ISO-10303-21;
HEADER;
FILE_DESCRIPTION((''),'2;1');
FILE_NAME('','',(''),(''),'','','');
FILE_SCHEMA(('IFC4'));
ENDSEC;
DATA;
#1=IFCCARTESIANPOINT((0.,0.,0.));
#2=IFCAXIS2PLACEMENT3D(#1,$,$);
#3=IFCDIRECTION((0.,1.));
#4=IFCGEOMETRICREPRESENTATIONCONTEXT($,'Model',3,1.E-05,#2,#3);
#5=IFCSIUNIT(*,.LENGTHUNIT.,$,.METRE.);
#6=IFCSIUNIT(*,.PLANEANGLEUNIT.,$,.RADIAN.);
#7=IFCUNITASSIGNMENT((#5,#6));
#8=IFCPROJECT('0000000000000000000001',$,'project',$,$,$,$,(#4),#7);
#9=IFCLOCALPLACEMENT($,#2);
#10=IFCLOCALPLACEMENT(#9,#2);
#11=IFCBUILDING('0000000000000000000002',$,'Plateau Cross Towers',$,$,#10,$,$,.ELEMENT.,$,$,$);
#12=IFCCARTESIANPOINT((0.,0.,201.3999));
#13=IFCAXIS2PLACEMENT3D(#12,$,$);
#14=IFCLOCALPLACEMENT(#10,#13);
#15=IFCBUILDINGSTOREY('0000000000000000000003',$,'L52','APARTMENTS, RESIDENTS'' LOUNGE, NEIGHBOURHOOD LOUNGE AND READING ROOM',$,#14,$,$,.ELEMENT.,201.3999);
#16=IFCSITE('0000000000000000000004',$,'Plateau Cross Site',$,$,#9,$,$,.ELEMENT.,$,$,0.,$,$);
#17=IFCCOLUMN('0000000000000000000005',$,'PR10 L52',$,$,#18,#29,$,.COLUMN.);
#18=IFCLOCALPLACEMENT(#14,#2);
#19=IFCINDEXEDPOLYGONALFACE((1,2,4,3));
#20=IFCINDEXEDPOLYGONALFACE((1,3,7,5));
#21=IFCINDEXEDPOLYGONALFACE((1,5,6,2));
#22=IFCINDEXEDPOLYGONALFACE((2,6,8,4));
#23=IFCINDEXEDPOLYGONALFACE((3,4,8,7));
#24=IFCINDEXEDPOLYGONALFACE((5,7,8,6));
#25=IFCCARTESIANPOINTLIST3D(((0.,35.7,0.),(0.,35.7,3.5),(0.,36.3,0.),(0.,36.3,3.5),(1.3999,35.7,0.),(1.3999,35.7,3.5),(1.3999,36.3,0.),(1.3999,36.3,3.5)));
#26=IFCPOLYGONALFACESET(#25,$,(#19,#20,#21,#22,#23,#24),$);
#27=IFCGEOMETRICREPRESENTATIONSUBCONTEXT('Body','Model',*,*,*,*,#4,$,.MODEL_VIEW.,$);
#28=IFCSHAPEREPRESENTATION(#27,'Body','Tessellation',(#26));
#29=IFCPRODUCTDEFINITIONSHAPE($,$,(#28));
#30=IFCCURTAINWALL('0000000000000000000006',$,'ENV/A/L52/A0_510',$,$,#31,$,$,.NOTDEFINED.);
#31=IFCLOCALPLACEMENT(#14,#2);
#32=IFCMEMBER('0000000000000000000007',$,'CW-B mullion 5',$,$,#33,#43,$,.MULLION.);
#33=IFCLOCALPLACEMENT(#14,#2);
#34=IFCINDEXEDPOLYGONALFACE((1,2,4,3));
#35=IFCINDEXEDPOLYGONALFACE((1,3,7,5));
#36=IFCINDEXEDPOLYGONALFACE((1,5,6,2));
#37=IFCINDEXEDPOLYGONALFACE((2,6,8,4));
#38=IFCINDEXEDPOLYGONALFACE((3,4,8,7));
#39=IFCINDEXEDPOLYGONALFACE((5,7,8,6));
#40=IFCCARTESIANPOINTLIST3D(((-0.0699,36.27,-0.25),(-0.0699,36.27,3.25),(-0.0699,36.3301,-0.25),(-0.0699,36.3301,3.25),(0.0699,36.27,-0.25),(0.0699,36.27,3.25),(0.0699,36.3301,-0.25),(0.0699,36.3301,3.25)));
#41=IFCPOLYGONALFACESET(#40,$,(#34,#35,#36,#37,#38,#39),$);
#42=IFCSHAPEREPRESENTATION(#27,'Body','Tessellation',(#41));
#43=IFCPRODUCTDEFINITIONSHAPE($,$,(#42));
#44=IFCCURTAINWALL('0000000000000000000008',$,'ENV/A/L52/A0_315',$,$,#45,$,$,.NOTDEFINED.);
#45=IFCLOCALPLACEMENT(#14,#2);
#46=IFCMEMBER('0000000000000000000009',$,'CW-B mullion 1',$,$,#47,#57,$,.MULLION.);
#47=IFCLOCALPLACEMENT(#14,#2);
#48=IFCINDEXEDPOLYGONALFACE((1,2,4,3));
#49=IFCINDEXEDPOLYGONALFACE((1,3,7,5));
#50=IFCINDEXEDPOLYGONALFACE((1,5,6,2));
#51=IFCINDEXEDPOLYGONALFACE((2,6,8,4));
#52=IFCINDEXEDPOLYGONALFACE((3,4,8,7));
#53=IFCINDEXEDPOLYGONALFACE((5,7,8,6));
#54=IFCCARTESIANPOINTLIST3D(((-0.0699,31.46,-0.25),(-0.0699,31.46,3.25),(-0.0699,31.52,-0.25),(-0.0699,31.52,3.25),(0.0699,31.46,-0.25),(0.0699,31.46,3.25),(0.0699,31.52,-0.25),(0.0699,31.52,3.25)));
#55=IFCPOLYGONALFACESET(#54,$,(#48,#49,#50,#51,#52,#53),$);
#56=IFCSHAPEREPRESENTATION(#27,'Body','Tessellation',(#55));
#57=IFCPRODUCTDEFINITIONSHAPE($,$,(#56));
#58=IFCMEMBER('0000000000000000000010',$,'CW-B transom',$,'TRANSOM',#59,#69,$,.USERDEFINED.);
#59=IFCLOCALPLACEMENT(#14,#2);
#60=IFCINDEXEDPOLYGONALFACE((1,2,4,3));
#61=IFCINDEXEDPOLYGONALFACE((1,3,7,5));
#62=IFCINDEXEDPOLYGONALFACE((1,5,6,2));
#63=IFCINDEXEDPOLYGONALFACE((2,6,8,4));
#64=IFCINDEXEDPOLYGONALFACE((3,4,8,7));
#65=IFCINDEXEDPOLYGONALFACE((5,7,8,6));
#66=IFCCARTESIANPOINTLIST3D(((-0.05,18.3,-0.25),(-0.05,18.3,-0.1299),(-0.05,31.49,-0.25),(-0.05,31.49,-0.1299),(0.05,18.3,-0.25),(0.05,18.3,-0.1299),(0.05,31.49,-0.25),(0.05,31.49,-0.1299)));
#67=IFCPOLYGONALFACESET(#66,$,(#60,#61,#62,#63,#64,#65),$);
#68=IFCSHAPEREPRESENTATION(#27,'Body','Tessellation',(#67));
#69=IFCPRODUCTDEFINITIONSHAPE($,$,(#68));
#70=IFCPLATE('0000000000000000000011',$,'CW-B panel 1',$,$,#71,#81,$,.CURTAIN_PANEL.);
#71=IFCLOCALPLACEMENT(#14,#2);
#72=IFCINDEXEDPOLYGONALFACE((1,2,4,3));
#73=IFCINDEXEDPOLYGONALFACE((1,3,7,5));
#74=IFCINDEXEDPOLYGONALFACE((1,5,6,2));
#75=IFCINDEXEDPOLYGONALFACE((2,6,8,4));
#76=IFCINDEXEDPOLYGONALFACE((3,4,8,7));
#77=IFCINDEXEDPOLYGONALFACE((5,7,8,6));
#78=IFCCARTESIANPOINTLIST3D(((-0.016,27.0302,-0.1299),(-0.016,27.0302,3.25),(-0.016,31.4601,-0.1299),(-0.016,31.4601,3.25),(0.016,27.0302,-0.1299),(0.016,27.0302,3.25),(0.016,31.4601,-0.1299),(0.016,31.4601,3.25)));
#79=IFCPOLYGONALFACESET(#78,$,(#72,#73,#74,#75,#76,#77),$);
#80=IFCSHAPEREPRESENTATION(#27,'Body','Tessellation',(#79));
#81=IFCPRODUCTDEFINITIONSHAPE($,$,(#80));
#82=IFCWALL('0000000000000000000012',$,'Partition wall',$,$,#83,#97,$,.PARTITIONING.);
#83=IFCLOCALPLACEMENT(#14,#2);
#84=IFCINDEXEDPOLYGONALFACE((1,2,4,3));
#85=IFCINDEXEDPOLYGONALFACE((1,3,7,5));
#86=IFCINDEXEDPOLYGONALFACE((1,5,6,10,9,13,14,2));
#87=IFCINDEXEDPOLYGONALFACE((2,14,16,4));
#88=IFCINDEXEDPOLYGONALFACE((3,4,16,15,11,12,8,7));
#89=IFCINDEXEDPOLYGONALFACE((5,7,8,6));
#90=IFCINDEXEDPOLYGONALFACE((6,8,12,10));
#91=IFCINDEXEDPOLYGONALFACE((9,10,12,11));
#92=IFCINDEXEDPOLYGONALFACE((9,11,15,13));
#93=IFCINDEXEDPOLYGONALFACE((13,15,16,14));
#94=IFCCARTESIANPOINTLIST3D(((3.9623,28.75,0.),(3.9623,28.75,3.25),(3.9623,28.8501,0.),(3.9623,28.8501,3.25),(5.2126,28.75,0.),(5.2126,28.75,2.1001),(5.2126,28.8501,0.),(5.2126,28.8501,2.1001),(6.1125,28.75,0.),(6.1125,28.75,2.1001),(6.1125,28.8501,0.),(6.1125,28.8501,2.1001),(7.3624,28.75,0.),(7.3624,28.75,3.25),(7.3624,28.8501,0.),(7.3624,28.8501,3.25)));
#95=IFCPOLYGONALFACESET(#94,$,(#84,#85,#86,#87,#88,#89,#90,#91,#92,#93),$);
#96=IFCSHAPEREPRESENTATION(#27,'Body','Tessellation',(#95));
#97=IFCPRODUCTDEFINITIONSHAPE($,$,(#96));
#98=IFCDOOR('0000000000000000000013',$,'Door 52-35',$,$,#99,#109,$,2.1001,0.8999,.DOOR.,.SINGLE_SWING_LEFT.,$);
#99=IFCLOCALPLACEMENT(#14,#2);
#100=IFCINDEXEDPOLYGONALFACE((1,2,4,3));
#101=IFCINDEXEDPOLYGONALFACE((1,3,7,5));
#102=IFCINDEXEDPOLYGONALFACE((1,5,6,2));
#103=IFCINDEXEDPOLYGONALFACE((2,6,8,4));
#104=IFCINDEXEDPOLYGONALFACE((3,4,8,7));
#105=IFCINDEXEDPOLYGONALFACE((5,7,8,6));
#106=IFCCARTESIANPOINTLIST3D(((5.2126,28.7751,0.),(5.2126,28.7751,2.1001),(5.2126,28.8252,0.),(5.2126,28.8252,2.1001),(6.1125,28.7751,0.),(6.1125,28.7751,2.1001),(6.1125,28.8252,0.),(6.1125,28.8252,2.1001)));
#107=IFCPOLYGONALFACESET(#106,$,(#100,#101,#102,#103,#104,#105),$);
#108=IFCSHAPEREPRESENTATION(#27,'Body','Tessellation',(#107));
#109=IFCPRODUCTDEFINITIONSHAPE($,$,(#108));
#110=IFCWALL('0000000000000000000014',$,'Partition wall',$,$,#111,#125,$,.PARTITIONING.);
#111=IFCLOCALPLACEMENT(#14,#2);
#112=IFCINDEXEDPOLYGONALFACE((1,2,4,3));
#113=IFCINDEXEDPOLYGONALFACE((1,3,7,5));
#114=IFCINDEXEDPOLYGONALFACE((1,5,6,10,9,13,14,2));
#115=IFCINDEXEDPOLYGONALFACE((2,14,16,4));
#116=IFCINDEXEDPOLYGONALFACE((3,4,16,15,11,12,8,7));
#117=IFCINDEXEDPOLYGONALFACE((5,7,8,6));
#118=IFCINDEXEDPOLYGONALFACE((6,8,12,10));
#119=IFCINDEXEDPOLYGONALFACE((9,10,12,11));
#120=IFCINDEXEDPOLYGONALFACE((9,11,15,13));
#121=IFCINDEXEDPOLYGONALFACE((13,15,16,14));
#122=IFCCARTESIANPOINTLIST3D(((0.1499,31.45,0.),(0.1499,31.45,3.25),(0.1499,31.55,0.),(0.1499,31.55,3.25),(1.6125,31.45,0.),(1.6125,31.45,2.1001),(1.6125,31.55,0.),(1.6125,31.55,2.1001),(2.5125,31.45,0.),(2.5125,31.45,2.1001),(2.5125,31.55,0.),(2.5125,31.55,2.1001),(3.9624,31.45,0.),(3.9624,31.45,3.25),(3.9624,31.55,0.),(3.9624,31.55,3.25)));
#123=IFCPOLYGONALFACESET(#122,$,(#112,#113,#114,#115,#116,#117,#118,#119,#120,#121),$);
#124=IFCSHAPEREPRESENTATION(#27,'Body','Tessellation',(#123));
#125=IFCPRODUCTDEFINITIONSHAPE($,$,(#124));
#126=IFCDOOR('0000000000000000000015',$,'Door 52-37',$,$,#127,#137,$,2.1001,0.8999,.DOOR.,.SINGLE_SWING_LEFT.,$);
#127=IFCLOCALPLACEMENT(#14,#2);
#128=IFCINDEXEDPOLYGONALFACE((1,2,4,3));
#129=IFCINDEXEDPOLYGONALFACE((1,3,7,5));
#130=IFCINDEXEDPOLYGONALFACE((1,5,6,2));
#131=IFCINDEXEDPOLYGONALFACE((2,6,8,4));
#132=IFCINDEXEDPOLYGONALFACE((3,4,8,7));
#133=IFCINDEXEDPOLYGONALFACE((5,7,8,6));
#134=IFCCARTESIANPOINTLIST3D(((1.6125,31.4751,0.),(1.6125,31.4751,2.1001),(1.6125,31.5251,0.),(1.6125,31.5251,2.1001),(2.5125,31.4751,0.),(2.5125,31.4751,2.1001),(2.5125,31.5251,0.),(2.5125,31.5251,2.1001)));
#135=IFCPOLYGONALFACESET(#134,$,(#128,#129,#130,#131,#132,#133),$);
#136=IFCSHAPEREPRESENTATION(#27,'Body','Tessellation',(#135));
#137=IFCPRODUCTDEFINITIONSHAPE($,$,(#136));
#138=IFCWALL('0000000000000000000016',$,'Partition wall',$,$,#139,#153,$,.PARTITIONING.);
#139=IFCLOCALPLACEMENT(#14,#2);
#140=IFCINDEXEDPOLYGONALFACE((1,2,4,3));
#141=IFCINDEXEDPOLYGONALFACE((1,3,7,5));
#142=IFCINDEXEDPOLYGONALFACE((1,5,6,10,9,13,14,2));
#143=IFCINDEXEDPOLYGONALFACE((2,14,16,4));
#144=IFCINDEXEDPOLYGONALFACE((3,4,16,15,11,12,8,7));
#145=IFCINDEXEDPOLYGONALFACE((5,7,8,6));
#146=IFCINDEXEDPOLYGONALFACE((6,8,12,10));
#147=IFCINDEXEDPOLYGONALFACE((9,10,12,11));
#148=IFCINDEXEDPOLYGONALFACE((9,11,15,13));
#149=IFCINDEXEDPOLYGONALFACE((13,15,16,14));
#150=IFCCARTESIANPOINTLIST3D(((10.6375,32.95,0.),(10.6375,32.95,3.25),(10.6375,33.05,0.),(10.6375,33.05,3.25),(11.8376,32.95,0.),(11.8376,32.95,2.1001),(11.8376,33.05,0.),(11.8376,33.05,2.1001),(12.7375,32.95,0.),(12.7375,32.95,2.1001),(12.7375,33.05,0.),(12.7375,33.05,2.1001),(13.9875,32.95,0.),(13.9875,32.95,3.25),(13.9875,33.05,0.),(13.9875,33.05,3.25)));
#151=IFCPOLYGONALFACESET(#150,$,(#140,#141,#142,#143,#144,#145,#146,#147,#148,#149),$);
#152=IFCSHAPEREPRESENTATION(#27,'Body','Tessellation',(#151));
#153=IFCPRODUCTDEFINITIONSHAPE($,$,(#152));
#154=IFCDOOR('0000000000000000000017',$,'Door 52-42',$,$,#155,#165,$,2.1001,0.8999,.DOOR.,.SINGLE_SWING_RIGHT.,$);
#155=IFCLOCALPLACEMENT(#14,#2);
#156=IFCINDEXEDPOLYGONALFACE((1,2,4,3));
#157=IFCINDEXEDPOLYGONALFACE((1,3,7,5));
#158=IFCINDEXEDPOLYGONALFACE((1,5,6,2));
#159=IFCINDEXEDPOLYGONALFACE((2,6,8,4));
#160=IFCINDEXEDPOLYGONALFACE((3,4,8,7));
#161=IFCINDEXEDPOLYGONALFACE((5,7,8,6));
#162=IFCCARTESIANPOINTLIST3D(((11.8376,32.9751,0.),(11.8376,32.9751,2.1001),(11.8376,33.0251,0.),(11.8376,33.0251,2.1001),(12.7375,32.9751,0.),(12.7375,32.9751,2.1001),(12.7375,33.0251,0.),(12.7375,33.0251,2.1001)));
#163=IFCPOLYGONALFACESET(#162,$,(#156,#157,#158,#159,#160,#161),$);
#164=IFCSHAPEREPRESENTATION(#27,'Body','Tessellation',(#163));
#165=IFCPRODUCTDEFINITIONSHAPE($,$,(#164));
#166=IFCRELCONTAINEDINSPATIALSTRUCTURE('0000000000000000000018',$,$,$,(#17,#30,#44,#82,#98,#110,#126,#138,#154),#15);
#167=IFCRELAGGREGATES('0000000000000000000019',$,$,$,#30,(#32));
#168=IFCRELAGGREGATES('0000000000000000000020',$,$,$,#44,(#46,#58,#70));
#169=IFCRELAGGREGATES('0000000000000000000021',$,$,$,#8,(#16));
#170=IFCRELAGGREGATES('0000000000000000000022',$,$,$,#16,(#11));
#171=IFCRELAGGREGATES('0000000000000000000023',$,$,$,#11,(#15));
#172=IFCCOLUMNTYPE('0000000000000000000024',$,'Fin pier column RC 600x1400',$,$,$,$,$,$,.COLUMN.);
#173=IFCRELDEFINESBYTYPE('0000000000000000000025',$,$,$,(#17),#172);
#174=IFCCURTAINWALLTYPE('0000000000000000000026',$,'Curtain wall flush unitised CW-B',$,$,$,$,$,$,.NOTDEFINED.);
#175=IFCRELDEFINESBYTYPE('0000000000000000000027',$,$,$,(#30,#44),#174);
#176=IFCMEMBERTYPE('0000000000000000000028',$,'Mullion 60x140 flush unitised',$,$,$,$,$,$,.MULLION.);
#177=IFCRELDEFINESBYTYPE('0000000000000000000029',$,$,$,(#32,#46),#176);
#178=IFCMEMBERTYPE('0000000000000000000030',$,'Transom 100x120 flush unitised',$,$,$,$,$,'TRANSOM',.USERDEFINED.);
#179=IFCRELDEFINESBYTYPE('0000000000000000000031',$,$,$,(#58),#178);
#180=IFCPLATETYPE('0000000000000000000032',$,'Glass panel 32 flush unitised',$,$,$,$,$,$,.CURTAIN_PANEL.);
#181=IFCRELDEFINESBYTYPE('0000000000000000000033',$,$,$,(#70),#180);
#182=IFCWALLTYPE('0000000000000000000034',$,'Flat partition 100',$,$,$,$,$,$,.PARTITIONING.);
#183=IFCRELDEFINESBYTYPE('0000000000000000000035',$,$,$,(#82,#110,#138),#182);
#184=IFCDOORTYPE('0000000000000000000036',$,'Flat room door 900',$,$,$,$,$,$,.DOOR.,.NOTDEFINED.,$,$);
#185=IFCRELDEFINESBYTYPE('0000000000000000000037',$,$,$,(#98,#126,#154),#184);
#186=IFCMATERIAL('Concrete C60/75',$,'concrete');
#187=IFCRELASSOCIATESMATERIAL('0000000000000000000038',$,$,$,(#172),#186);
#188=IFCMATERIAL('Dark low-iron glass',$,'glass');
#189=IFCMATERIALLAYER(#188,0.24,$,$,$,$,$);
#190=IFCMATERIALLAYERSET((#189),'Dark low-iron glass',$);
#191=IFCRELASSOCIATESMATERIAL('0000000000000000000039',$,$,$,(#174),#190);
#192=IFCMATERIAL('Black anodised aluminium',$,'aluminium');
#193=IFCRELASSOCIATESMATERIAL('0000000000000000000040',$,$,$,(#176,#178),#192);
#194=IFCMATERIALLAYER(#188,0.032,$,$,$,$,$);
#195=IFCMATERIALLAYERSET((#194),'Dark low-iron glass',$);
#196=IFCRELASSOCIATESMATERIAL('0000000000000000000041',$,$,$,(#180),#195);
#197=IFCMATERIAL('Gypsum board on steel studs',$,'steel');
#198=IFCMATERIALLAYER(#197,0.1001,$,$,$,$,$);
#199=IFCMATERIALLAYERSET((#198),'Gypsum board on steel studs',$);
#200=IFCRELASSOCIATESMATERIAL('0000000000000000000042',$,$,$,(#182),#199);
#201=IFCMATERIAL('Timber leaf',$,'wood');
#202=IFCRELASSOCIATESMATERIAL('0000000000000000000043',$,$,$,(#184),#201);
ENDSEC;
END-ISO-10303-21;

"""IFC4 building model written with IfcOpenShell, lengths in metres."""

from ifc_helpers import new_model, si_unit, direction, frame, frame_2d, origin, origin_2d, place, context, subcontext, project, spatial, rectangle, extrude, material, layer, layer_set, material_profile, profile_set, type_object, element, fill, aggregate, save


model = new_model("IFC4")

# Units and contexts
model_context = context("Model", 3, precision=1e-05, world=origin(), true_north=direction((0.0, 1.0)))
body_context = subcontext(model_context, "Body", "Model", "MODEL_VIEW")
ifc_project = project(units=[si_unit("LENGTHUNIT", "METRE"), si_unit("PLANEANGLEUNIT", "RADIAN")], contexts=[model_context])

# Site, building, storey
site_placement = place(None, origin())
site = spatial("IfcSite", under=ifc_project, at=site_placement, Name="Plateau Cross Site", CompositionType="ELEMENT", RefElevation=0.0)
building_placement = place(site_placement, origin())
building = spatial("IfcBuilding", under=site, at=building_placement, Name="Plateau Cross Towers", CompositionType="ELEMENT")
storey_placement = place(building_placement, frame((0.0, 0.0, 201.3999)))
storey = spatial("IfcBuildingStorey", under=building, at=storey_placement, Name="L52", Description="APARTMENTS, RESIDENTS' LOUNGE, NEIGHBOURHOOD LOUNGE AND READING ROOM", CompositionType="ELEMENT", Elevation=201.3999)

# Column
ifc_material_1 = material(Name="Concrete C60/75", Category="concrete")
ifc_material_profile_1 = material_profile(ifc_material_1, rectangle(XDim=0.6001, YDim=1.3999, at=origin_2d()), Name="RC 600x1400")
ifc_profile_set_1 = profile_set([ifc_material_profile_1], Name="Concrete C60/75")
column_type = type_object("IfcColumnType", Name="Fin pier column RC 600x1400", PredefinedType="COLUMN", material=ifc_profile_set_1)
column_placement = place(storey_placement, frame((0.7, 36.0, 0.0), z_axis=(0.0, 0.0, 1.0), x_axis=(0.0, 1.0, 0.0)))
element("IfcColumn", 1, at=column_placement, inside=storey, type_object=column_type, Name="PR10 L52", PredefinedType="COLUMN", context=body_context, shape_type="SweptSolid", body=[
    extrude(rectangle(XDim=0.6001, YDim=1.3999, at=origin_2d()), origin(), (0.0, 0.0, 1.0), 3.5),
])

# Curtain wall, member
ifc_material_2 = material(Name="Dark low-iron glass", Category="glass")
ifc_layer_1 = layer(ifc_material_2, 0.24)
ifc_layer_set_1 = layer_set([ifc_layer_1], Name="Dark low-iron glass")
curtain_wall_type = type_object("IfcCurtainWallType", Name="Curtain wall flush unitised CW-B", PredefinedType="NOTDEFINED", material=ifc_layer_set_1)
curtain_wall_1_placement = place(storey_placement, origin())
curtain_wall_1 = element("IfcCurtainWall", 2, at=curtain_wall_1_placement, inside=storey, type_object=curtain_wall_type, Name="ENV/A/L52/A0_510", PredefinedType="NOTDEFINED")
ifc_material_3 = material(Name="Black anodised aluminium", Category="aluminium")
ifc_material_profile_2 = material_profile(ifc_material_3, rectangle(XDim=0.0601, YDim=0.1399, at=origin_2d()), Name="MULLION 60x140")
ifc_profile_set_2 = profile_set([ifc_material_profile_2], Name="Black anodised aluminium")
member_type_1 = type_object("IfcMemberType", Name="Mullion 60x140 flush unitised", PredefinedType="MULLION", material=ifc_profile_set_2)
member_1_placement = place(storey_placement, frame((0.0, 36.3, -0.25), z_axis=(0.0, 0.0, 1.0), x_axis=(0.0, -1.0, 0.0)))
member_1 = element("IfcMember", 3, at=member_1_placement, type_object=member_type_1, Name="CW-B mullion 5", PredefinedType="MULLION", context=body_context, shape_type="SweptSolid", body=[
    extrude(rectangle(XDim=0.0601, YDim=0.1399, at=origin_2d()), origin(), (0.0, 0.0, 1.0), 3.5),
])
aggregate(curtain_wall_1, [member_1])

# Curtain wall, members, plate
curtain_wall_2_placement = place(storey_placement, origin())
curtain_wall_2 = element("IfcCurtainWall", 4, at=curtain_wall_2_placement, inside=storey, type_object=curtain_wall_type, Name="ENV/A/L52/A0_315", PredefinedType="NOTDEFINED")
member_2_placement = place(storey_placement, frame((0.0, 31.49, -0.25), z_axis=(0.0, 0.0, 1.0), x_axis=(0.0, -1.0, 0.0)))
member_2 = element("IfcMember", 5, at=member_2_placement, type_object=member_type_1, Name="CW-B mullion 1", PredefinedType="MULLION", context=body_context, shape_type="SweptSolid", body=[
    extrude(rectangle(XDim=0.0601, YDim=0.1399, at=origin_2d()), origin(), (0.0, 0.0, 1.0), 3.5),
])
ifc_material_profile_3 = material_profile(ifc_material_3, rectangle(XDim=0.1001, YDim=0.1201, at=origin_2d()), Name="TRANSOM 100x120")
ifc_profile_set_3 = profile_set([ifc_material_profile_3], Name="Black anodised aluminium")
member_type_2 = type_object("IfcMemberType", Name="Transom 100x120 flush unitised", ElementType="TRANSOM", PredefinedType="USERDEFINED", material=ifc_profile_set_3)
member_3_placement = place(storey_placement, frame((0.0, 31.49, -0.1899), z_axis=(0.0, -1.0, 0.0), x_axis=(1.0, 0.0, 0.0)))
member_3 = element("IfcMember", 6, at=member_3_placement, type_object=member_type_2, Name="CW-B transom", ObjectType="TRANSOM", PredefinedType="USERDEFINED", context=body_context, shape_type="SweptSolid", body=[
    extrude(rectangle(XDim=0.1001, YDim=0.1201, at=origin_2d()), origin(), (0.0, 0.0, 1.0), 13.1899),
])
ifc_layer_2 = layer(ifc_material_2, 0.032)
ifc_layer_set_2 = layer_set([ifc_layer_2], Name="Dark low-iron glass")
plate_type = type_object("IfcPlateType", Name="Glass panel 32 flush unitised", PredefinedType="CURTAIN_PANEL", material=ifc_layer_set_2)
plate_placement = place(storey_placement, frame((0.0, 29.2451, -0.1299), z_axis=(0.0, 0.0, 1.0), x_axis=(0.0, -1.0, 0.0)))
plate = element("IfcPlate", 7, at=plate_placement, type_object=plate_type, Name="CW-B panel 1", PredefinedType="CURTAIN_PANEL", context=body_context, shape_type="SweptSolid", body=[
    extrude(rectangle(XDim=4.4299, YDim=0.032, at=origin_2d()), origin(), (0.0, 0.0, 1.0), 3.3799),
])
aggregate(curtain_wall_2, [member_2, member_3, plate])

# Walls, openings, doors
ifc_material_4 = material(Name="Gypsum board on steel studs", Category="steel")
ifc_layer_3 = layer(ifc_material_4, 0.1001)
ifc_layer_set_3 = layer_set([ifc_layer_3], Name="Gypsum board on steel studs")
wall_type_1 = type_object("IfcWallType", Name="Flat partition 100", PredefinedType="PARTITIONING", material=ifc_layer_set_3)
wall_1_placement = place(storey_placement, frame((7.3625, 28.8, 0.0), z_axis=(0.0, 0.0, 1.0), x_axis=(-1.0, 0.0, 0.0)))
wall_1 = element("IfcWall", 8, at=wall_1_placement, inside=storey, type_object=wall_type_1, Name="Partition wall", PredefinedType="PARTITIONING", context=body_context, shape_type="SweptSolid", body=[
    extrude(rectangle(XDim=3.4001, YDim=0.1001, at=frame_2d((1.7002, 0.0))), origin(), (0.0, 0.0, 1.0), 3.25),
])
opening_1_placement = place(wall_1_placement, frame((1.25, 0.0, 0.0)))
opening_1 = element("IfcOpeningElement", 9, at=opening_1_placement, cuts=wall_1, PredefinedType="OPENING", context=body_context, shape_type="SweptSolid", body=[
    extrude(rectangle(XDim=0.8999, YDim=2.1001, at=frame_2d((0.45, 1.05))), frame((0.0, 0.0601, 0.0), z_axis=(0.0, -1.0, 0.0), x_axis=(1.0, 0.0, 0.0)), (0.0, 0.0, 1.0), 0.1201),
])
ifc_material_5 = material(Name="Timber leaf", Category="wood")
door_type_1 = type_object("IfcDoorType", Name="Flat room door 900", OperationType="NOTDEFINED", PredefinedType="DOOR", material=ifc_material_5)
door_1_placement = place(opening_1_placement, origin())
door_1 = element("IfcDoor", 10, at=door_1_placement, inside=storey, type_object=door_type_1, Name="Door 52-35", OperationType="SINGLE_SWING_LEFT", OverallHeight=2.1001, OverallWidth=0.8999, PredefinedType="DOOR", context=body_context, shape_type="SweptSolid", body=[
    extrude(rectangle(XDim=0.8999, YDim=2.1001, at=frame_2d((0.45, 1.05))), frame((0.0, 0.0249, 0.0), z_axis=(0.0, -1.0, 0.0), x_axis=(1.0, 0.0, 0.0)), (0.0, 0.0, 1.0), 0.05),
])
fill(opening_1, door_1)
wall_2_placement = place(storey_placement, frame((3.9624, 31.5, 0.0), z_axis=(0.0, 0.0, 1.0), x_axis=(-1.0, 0.0, 0.0)))
wall_2 = element("IfcWall", 11, at=wall_2_placement, inside=storey, type_object=wall_type_1, Name="Partition wall", PredefinedType="PARTITIONING", context=body_context, shape_type="SweptSolid", body=[
    extrude(rectangle(XDim=3.8125, YDim=0.1001, at=frame_2d((1.9062, 0.0))), origin(), (0.0, 0.0, 1.0), 3.25),
])
opening_2_placement = place(wall_2_placement, frame((1.45, 0.0, 0.0)))
opening_2 = element("IfcOpeningElement", 12, at=opening_2_placement, cuts=wall_2, PredefinedType="OPENING", context=body_context, shape_type="SweptSolid", body=[
    extrude(rectangle(XDim=0.8999, YDim=2.1001, at=frame_2d((0.45, 1.05))), frame((0.0, 0.0601, 0.0), z_axis=(0.0, -1.0, 0.0), x_axis=(1.0, 0.0, 0.0)), (0.0, 0.0, 1.0), 0.1201),
])
door_2_placement = place(opening_2_placement, origin())
door_2 = element("IfcDoor", 13, at=door_2_placement, inside=storey, type_object=door_type_1, Name="Door 52-37", OperationType="SINGLE_SWING_LEFT", OverallHeight=2.1001, OverallWidth=0.8999, PredefinedType="DOOR", context=body_context, shape_type="SweptSolid", body=[
    extrude(rectangle(XDim=0.8999, YDim=2.1001, at=frame_2d((0.45, 1.05))), frame((0.0, 0.0249, 0.0), z_axis=(0.0, -1.0, 0.0), x_axis=(1.0, 0.0, 0.0)), (0.0, 0.0, 1.0), 0.05),
])
fill(opening_2, door_2)
wall_3_placement = place(storey_placement, frame((13.9875, 33.0, 0.0), z_axis=(0.0, 0.0, 1.0), x_axis=(-1.0, 0.0, 0.0)))
wall_3 = element("IfcWall", 14, at=wall_3_placement, inside=storey, type_object=wall_type_1, Name="Partition wall", PredefinedType="PARTITIONING", context=body_context, shape_type="SweptSolid", body=[
    extrude(rectangle(XDim=3.3501, YDim=0.1001, at=frame_2d((1.675, 0.0))), origin(), (0.0, 0.0, 1.0), 3.25),
])
opening_3_placement = place(wall_3_placement, frame((1.25, 0.0, 0.0)))
opening_3 = element("IfcOpeningElement", 15, at=opening_3_placement, cuts=wall_3, PredefinedType="OPENING", context=body_context, shape_type="SweptSolid", body=[
    extrude(rectangle(XDim=0.8999, YDim=2.1001, at=frame_2d((0.45, 1.05))), frame((0.0, 0.0601, 0.0), z_axis=(0.0, -1.0, 0.0), x_axis=(1.0, 0.0, 0.0)), (0.0, 0.0, 1.0), 0.1201),
])
door_3_placement = place(opening_3_placement, origin())
door_3 = element("IfcDoor", 16, at=door_3_placement, inside=storey, type_object=door_type_1, Name="Door 52-42", OperationType="SINGLE_SWING_RIGHT", OverallHeight=2.1001, OverallWidth=0.8999, PredefinedType="DOOR", context=body_context, shape_type="SweptSolid", body=[
    extrude(rectangle(XDim=0.8999, YDim=2.1001, at=frame_2d((0.45, 1.05))), frame((0.0, 0.0249, 0.0), z_axis=(0.0, -1.0, 0.0), x_axis=(1.0, 0.0, 0.0)), (0.0, 0.0, 1.0), 0.05),
])
fill(opening_3, door_3)

save(model, "model.ifc")
